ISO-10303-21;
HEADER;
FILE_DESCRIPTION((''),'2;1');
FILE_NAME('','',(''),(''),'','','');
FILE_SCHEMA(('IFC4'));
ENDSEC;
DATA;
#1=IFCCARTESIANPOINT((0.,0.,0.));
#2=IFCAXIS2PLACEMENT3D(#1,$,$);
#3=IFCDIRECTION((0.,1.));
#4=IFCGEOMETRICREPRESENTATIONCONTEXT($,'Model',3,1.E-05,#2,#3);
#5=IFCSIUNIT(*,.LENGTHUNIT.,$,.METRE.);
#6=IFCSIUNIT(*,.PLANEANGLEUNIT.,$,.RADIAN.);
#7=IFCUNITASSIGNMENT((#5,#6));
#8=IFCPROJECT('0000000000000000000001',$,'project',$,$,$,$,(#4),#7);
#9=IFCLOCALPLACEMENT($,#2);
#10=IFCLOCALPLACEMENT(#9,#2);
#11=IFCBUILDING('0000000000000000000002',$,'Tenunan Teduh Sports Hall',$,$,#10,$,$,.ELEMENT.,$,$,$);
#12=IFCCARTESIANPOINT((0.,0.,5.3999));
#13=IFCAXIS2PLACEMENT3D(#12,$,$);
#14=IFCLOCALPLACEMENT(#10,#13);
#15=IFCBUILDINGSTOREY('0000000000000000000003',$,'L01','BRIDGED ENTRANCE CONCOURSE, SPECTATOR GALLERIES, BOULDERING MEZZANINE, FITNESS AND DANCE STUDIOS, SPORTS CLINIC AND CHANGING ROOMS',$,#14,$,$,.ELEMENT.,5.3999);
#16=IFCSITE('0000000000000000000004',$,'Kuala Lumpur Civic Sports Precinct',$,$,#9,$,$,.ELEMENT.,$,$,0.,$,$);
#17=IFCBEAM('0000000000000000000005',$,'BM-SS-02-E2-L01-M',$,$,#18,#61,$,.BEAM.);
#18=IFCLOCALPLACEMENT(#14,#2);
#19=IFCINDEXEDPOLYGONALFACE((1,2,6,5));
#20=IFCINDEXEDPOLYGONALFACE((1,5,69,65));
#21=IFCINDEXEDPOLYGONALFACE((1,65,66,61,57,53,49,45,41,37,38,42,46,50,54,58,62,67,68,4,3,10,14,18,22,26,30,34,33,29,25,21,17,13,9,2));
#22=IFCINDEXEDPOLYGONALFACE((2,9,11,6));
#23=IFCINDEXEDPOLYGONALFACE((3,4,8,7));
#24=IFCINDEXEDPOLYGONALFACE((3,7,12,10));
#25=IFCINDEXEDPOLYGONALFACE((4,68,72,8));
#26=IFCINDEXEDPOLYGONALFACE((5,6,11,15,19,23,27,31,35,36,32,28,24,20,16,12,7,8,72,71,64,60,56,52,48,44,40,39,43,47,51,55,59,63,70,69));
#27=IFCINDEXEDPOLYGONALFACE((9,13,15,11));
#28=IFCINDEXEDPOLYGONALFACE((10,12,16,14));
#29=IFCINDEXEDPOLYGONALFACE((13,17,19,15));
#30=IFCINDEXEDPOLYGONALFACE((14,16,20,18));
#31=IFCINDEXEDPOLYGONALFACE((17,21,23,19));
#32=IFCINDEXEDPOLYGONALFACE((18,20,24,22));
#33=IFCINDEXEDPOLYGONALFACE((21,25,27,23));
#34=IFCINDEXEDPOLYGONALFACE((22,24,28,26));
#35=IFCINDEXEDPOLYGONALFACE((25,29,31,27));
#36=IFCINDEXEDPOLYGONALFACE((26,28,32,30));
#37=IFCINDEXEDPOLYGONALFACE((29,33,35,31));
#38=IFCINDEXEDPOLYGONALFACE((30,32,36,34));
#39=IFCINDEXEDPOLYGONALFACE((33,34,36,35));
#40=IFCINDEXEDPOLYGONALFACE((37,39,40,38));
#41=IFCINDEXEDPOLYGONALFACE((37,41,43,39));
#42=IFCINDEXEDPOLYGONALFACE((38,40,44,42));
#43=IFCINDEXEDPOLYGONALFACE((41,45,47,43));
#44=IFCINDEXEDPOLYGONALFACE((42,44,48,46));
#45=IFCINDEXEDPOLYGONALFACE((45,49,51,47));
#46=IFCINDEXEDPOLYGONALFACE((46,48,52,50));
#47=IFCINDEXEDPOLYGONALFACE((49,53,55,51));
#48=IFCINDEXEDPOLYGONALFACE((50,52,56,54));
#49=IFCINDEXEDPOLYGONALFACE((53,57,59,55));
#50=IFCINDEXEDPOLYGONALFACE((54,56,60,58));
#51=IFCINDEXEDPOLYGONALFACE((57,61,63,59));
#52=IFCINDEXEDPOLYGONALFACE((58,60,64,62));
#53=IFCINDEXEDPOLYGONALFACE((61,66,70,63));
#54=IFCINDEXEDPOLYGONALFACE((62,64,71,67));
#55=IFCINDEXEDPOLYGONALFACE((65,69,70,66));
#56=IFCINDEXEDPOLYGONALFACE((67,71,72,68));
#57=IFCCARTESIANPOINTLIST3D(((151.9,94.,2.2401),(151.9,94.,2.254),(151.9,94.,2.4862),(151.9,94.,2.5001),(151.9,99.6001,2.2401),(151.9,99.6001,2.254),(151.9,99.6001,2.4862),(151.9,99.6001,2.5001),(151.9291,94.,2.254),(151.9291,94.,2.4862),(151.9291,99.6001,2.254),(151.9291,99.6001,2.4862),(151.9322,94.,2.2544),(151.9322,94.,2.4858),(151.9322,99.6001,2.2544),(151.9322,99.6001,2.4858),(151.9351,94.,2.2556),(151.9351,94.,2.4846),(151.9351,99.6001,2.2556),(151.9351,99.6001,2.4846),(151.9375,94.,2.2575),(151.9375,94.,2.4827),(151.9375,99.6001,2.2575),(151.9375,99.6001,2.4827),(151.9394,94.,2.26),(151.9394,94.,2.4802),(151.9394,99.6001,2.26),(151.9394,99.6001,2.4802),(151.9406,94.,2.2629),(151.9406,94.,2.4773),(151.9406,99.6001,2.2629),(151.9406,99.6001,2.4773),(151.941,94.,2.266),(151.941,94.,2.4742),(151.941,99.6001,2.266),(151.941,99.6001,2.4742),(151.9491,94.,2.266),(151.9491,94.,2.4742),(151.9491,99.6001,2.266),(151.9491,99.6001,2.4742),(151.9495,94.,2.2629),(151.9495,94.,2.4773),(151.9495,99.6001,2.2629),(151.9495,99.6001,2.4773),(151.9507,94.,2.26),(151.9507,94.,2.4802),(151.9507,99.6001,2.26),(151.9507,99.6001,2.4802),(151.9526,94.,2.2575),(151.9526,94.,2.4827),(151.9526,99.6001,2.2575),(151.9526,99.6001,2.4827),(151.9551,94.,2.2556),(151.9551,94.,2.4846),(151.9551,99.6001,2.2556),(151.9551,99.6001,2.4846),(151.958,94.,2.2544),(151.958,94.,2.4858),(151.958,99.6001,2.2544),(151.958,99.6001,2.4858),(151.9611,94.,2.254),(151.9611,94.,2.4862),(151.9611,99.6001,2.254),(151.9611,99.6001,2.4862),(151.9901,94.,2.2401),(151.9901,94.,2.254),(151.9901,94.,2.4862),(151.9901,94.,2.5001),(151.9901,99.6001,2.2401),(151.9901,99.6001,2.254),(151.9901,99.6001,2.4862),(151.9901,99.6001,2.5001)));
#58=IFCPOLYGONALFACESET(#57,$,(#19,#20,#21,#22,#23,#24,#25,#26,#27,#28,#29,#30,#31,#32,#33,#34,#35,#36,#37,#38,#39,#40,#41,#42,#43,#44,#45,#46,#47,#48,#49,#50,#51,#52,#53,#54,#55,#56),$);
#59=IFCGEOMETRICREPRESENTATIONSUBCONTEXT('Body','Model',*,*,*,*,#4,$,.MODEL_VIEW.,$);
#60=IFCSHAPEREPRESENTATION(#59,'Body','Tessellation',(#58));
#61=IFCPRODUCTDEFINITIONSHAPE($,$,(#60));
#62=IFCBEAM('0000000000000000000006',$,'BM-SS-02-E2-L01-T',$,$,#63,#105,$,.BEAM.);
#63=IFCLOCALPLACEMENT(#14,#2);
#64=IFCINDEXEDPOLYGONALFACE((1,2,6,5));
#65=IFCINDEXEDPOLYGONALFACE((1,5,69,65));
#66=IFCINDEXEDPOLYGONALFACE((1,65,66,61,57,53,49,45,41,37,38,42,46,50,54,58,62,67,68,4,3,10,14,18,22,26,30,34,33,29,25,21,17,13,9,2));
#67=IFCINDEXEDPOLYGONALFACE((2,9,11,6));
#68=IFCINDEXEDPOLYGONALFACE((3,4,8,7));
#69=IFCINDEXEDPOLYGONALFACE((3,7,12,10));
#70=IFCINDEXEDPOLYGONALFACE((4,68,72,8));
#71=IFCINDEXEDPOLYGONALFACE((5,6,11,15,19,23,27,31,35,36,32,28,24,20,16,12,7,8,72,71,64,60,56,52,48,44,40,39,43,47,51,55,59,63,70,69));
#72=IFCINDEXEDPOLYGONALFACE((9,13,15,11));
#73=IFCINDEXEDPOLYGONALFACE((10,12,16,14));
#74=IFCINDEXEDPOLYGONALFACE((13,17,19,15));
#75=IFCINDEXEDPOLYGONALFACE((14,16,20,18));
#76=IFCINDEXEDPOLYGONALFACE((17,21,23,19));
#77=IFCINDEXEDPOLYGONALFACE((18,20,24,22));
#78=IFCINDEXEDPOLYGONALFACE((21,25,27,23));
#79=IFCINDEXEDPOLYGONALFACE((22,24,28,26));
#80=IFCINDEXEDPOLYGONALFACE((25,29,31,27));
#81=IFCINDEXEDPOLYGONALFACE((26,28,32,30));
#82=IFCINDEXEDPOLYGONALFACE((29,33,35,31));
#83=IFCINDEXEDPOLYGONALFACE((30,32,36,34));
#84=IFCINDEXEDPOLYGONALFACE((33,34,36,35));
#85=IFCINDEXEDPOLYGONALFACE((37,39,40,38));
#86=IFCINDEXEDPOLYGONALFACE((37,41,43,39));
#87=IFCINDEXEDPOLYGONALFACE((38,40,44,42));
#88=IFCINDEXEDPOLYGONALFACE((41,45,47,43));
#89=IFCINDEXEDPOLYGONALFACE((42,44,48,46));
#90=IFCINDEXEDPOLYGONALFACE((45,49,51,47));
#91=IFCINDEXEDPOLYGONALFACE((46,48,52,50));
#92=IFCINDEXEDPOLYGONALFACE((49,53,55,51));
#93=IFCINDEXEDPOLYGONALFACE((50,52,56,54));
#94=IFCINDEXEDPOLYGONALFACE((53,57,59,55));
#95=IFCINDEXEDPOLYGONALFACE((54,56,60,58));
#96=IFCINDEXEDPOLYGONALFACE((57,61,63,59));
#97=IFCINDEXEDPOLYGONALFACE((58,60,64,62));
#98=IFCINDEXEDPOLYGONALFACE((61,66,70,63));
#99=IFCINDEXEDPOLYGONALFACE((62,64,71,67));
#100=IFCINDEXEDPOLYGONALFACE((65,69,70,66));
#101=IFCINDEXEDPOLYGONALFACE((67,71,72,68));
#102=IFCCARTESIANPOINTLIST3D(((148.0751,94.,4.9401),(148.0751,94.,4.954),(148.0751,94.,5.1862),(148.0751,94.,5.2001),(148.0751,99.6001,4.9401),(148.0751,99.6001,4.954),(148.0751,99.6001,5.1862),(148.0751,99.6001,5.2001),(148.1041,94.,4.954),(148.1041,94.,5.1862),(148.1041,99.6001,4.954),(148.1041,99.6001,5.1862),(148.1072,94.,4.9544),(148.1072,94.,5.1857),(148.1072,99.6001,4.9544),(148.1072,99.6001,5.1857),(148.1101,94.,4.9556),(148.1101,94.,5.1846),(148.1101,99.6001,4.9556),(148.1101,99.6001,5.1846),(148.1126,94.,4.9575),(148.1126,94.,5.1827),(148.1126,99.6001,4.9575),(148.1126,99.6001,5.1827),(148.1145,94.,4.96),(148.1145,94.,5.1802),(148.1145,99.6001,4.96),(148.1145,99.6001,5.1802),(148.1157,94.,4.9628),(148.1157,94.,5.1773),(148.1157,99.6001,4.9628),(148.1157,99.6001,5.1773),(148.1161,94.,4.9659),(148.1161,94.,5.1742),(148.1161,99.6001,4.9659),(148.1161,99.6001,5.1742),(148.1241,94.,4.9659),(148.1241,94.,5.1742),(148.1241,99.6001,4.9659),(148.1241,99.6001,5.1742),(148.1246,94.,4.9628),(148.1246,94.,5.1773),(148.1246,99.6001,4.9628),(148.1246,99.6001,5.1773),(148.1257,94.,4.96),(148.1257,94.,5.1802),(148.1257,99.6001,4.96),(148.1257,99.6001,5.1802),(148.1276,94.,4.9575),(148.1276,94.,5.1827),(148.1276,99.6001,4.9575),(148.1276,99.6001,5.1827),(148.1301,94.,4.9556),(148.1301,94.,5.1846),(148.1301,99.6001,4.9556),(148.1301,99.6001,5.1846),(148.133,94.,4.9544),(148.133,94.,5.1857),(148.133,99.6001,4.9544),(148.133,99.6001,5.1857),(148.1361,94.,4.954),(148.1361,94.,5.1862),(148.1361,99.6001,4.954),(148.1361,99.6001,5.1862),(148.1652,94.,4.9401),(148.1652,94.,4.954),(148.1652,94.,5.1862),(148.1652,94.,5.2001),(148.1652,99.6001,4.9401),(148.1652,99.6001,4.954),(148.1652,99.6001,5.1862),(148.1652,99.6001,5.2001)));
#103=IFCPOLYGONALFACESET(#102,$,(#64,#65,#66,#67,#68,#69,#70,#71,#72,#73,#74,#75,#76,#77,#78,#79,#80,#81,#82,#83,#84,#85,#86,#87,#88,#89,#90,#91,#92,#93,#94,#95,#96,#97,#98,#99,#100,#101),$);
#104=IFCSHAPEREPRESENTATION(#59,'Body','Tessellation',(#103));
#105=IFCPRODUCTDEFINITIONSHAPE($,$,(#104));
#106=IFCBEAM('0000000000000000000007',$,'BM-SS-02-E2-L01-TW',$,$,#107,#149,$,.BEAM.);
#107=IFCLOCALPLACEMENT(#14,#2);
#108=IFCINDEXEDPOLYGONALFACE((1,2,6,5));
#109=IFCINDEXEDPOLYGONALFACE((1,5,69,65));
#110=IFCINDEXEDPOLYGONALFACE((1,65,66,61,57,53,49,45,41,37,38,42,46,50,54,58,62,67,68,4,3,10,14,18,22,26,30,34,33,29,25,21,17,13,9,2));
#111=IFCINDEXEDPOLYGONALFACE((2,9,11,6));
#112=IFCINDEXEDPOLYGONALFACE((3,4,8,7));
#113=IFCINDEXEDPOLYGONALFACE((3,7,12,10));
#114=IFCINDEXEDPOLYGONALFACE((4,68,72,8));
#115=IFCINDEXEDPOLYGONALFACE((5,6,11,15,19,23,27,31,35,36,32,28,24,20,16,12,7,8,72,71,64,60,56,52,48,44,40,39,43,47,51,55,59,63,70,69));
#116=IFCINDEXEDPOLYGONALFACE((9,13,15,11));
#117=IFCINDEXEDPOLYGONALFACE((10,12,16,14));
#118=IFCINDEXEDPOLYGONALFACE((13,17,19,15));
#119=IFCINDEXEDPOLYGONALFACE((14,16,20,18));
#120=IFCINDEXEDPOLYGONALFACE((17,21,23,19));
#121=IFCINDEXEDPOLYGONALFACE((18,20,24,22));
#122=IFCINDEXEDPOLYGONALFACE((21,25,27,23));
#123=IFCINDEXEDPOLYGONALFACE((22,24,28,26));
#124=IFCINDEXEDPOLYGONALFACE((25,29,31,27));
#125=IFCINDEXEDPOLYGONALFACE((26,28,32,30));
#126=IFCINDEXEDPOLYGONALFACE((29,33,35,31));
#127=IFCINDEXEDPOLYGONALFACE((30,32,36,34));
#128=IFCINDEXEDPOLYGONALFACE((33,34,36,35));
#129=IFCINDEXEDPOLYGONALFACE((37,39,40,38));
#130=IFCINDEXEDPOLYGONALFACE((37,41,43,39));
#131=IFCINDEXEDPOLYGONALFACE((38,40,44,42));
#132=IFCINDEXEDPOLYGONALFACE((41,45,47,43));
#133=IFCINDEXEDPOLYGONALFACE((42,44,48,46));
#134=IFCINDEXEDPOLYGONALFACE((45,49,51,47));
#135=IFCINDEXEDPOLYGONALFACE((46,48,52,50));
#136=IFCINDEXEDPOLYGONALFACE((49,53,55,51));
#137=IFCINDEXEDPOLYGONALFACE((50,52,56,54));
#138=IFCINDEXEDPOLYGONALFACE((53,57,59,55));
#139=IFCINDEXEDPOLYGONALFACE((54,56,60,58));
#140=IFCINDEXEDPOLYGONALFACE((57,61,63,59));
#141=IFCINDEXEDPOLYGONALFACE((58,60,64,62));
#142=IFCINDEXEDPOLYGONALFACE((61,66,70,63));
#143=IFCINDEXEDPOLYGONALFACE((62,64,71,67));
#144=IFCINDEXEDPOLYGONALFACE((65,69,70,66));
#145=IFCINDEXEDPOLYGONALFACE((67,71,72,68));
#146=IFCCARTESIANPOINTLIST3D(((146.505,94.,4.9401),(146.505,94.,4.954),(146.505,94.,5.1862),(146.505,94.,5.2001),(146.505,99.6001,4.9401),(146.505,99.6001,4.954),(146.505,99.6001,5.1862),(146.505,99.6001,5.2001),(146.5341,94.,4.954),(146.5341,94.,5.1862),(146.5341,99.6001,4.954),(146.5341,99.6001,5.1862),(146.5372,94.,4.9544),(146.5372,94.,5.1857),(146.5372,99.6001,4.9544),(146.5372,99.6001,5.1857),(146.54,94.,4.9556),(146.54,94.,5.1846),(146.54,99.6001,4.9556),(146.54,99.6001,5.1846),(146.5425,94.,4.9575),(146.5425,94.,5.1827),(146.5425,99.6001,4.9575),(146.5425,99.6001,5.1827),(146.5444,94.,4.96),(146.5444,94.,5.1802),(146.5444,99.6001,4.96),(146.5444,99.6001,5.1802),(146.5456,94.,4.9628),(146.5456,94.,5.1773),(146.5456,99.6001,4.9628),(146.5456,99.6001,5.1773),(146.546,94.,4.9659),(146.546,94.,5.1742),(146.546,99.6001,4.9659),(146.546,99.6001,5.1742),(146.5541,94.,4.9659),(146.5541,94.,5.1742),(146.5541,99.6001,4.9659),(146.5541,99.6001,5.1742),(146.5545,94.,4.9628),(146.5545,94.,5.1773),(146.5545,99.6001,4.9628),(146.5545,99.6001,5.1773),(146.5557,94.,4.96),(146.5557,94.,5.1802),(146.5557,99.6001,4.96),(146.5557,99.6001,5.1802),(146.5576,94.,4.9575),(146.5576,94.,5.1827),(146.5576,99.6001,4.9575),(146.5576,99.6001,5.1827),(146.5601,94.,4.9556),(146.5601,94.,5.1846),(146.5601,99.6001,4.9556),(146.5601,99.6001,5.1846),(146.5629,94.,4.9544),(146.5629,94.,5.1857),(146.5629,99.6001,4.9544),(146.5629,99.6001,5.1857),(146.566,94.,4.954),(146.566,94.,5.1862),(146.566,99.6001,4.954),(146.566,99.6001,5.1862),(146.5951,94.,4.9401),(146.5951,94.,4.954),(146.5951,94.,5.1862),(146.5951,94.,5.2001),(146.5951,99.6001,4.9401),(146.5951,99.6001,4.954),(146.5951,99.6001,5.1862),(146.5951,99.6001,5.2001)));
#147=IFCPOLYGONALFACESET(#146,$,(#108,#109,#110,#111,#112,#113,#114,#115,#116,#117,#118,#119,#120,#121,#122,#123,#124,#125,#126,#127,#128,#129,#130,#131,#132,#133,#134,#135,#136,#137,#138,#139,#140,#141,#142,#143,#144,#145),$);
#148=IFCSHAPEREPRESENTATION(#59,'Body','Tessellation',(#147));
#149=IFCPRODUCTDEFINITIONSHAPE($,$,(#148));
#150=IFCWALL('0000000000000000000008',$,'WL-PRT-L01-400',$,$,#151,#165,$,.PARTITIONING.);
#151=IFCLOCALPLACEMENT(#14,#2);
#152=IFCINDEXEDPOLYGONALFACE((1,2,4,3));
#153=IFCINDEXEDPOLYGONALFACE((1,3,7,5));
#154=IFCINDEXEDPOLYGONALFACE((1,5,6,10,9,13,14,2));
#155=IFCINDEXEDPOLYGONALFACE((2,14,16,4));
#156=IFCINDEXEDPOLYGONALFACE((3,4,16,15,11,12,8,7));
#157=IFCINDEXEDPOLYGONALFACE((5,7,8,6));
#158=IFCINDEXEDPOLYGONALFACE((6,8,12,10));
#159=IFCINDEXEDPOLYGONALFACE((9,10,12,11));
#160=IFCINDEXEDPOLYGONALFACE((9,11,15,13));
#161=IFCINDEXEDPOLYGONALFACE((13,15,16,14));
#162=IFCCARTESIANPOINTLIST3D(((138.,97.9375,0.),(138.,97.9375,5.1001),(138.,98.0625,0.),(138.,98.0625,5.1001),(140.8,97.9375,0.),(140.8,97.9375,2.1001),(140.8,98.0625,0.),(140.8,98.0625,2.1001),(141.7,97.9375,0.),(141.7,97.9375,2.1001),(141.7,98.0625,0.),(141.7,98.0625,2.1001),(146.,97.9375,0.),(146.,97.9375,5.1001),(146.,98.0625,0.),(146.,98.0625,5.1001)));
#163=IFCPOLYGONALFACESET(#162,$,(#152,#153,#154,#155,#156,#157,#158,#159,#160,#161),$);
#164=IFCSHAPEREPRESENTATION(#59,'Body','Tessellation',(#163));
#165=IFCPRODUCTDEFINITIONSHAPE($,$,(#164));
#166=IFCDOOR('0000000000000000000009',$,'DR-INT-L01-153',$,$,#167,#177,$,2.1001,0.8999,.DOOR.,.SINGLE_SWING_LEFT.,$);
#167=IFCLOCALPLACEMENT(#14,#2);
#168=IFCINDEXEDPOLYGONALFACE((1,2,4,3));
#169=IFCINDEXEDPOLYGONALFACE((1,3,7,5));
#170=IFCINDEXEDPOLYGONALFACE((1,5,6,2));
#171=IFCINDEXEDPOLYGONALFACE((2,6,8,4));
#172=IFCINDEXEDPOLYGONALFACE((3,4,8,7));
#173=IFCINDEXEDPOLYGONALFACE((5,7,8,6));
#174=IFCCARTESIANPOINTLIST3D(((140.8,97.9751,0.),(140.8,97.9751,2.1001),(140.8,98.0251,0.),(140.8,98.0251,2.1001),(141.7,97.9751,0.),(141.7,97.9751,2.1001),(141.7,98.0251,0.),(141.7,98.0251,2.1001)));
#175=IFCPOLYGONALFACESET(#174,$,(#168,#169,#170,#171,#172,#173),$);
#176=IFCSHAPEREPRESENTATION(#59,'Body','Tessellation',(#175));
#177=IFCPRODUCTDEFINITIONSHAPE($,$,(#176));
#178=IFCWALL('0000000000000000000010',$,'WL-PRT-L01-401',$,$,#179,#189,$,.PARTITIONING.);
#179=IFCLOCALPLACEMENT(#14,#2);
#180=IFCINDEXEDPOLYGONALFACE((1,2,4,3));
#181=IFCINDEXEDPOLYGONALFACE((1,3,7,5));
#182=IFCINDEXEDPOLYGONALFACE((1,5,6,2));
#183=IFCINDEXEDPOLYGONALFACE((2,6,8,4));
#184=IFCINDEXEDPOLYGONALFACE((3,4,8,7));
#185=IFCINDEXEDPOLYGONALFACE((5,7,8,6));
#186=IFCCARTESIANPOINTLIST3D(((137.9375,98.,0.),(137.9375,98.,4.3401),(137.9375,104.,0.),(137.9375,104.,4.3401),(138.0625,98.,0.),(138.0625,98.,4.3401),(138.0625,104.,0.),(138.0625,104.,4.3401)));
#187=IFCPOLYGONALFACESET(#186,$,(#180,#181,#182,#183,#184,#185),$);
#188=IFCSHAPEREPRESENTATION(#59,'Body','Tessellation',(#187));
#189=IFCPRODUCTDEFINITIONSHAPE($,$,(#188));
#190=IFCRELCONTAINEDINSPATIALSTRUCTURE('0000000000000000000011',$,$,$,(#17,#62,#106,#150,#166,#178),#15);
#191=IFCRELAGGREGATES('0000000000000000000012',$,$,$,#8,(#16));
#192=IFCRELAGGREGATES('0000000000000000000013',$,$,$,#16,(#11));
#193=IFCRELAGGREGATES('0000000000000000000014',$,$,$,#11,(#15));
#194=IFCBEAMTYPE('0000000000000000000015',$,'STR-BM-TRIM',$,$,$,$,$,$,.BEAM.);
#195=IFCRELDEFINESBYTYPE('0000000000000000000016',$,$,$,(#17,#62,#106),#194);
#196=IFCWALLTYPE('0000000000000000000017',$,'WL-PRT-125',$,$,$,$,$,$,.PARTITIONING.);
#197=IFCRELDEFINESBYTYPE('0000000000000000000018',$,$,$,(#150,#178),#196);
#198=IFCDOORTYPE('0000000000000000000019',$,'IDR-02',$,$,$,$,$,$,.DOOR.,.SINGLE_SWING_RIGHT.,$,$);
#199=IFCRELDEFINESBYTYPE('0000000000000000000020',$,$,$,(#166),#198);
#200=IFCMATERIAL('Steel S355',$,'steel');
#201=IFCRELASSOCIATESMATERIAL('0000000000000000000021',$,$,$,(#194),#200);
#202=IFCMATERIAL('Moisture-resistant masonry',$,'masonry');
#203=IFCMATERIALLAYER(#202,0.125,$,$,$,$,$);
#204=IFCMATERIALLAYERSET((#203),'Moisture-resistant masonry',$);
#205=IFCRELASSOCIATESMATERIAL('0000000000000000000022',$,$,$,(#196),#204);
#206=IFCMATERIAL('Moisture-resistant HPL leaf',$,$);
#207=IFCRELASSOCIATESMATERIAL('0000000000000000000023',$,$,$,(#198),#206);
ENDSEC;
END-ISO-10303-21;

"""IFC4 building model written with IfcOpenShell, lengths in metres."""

from ifc_helpers import new_model, si_unit, direction, frame, frame_2d, origin, origin_2d, place, context, subcontext, project, spatial, rectangle, i_section, extrude, material, layer, layer_set, material_profile, profile_set, type_object, element, fill, save


model = new_model("IFC4")

# Units and contexts
model_context = context("Model", 3, precision=1e-05, world=origin(), true_north=direction((0.0, 1.0)))
body_context = subcontext(model_context, "Body", "Model", "MODEL_VIEW")
ifc_project = project(units=[si_unit("LENGTHUNIT", "METRE"), si_unit("PLANEANGLEUNIT", "RADIAN")], contexts=[model_context])

# Site, building, storey
site_placement = place(None, origin())
site = spatial("IfcSite", under=ifc_project, at=site_placement, Name="Kuala Lumpur Civic Sports Precinct", CompositionType="ELEMENT", RefElevation=0.0)
building_placement = place(site_placement, origin())
building = spatial("IfcBuilding", under=site, at=building_placement, Name="Tenunan Teduh Sports Hall", CompositionType="ELEMENT")
storey_placement = place(building_placement, frame((0.0, 0.0, 5.3999)))
storey = spatial("IfcBuildingStorey", under=building, at=storey_placement, Name="L01", Description="BRIDGED ENTRANCE CONCOURSE, SPECTATOR GALLERIES, BOULDERING MEZZANINE, FITNESS AND DANCE STUDIOS, SPORTS CLINIC AND CHANGING ROOMS", CompositionType="ELEMENT", Elevation=5.3999)

# Beams
ifc_material_1 = material(Name="Steel S355", Category="steel")
ifc_material_profile_1 = material_profile(ifc_material_1, i_section(OverallWidth=0.0901, OverallDepth=0.26, WebThickness=0.0081, FlangeThickness=0.0139, FilletRadius=0.012, at=origin_2d()), Name="PFC 260x90")
ifc_profile_set_1 = profile_set([ifc_material_profile_1], Name="Steel S355")
beam_type_1 = type_object("IfcBeamType", Name="STR-BM-TRIM", PredefinedType="BEAM", material=ifc_profile_set_1)
for number, where, z_axis, x_axis, name in (
    (1, (151.9451, 94.0, 2.3701), (0.0, 1.0, 0.0), (-1.0, 0.0, 0.0), "BM-SS-02-E2-L01-M"),
    (2, (148.1201, 94.0, 5.0701), (0.0, 1.0, 0.0), (-1.0, 0.0, 0.0), "BM-SS-02-E2-L01-T"),
    (3, (146.55, 94.0, 5.0701), (0.0, 1.0, 0.0), (-1.0, 0.0, 0.0), "BM-SS-02-E2-L01-TW"),
):
    element("IfcBeam", number, at=place(storey_placement, frame(where, z_axis=z_axis, x_axis=x_axis)), inside=storey, type_object=beam_type_1, Name=name, PredefinedType="BEAM", context=body_context, shape_type="SweptSolid", body=[
        extrude(i_section(OverallWidth=0.0901, OverallDepth=0.26, WebThickness=0.0081, FlangeThickness=0.0139, FilletRadius=0.012, at=origin_2d()), origin(), (0.0, 0.0, 1.0), 5.6001),
    ])

# Wall, opening, door
ifc_material_2 = material(Name="Moisture-resistant masonry", Category="masonry")
ifc_layer_1 = layer(ifc_material_2, 0.125)
ifc_layer_set_1 = layer_set([ifc_layer_1], Name="Moisture-resistant masonry")
wall_type_1 = type_object("IfcWallType", Name="WL-PRT-125", PredefinedType="PARTITIONING", material=ifc_layer_set_1)
wall_1_placement = place(storey_placement, frame((138.0, 98.0, 0.0), z_axis=(0.0, 0.0, 1.0), x_axis=(1.0, 0.0, 0.0)))
wall_1 = element("IfcWall", 4, at=wall_1_placement, inside=storey, type_object=wall_type_1, Name="WL-PRT-L01-400", PredefinedType="PARTITIONING", context=body_context, shape_type="SweptSolid", body=[
    extrude(rectangle(XDim=8.0, YDim=0.125, at=frame_2d((4.0, 0.0))), origin(), (0.0, 0.0, 1.0), 5.1001),
])
opening_1_placement = place(wall_1_placement, frame((2.8, 0.0, 0.0)))
opening_1 = element("IfcOpeningElement", 5, at=opening_1_placement, cuts=wall_1, PredefinedType="OPENING", context=body_context, shape_type="SweptSolid", body=[
    extrude(rectangle(XDim=0.8999, YDim=2.1001, at=frame_2d((0.45, 1.05))), frame((0.0, 0.0725, 0.0), z_axis=(0.0, -1.0, 0.0), x_axis=(1.0, 0.0, 0.0)), (0.0, 0.0, 1.0), 0.145),
])
ifc_material_3 = material(Name="Moisture-resistant HPL leaf")
door_type_1 = type_object("IfcDoorType", Name="IDR-02", OperationType="SINGLE_SWING_RIGHT", PredefinedType="DOOR", material=ifc_material_3)
door_1_placement = place(opening_1_placement, frame((0.8999, 0.0, 0.0), z_axis=(0.0, 0.0, 1.0), x_axis=(-1.0, 0.0, 0.0)))
door_1 = element("IfcDoor", 6, at=door_1_placement, inside=storey, type_object=door_type_1, Name="DR-INT-L01-153", OperationType="SINGLE_SWING_LEFT", OverallHeight=2.1001, OverallWidth=0.8999, PredefinedType="DOOR", context=body_context, shape_type="SweptSolid", body=[
    extrude(rectangle(XDim=0.8999, YDim=2.1001, at=frame_2d((0.45, 1.05))), frame((0.0, 0.0249, 0.0), z_axis=(0.0, -1.0, 0.0), x_axis=(1.0, 0.0, 0.0)), (0.0, 0.0, 1.0), 0.05),
])
fill(opening_1, door_1)

# Wall
wall_2_placement = place(storey_placement, frame((138.0, 98.0, 0.0), z_axis=(0.0, 0.0, 1.0), x_axis=(0.0, 1.0, 0.0)))
element("IfcWall", 7, at=wall_2_placement, inside=storey, type_object=wall_type_1, Name="WL-PRT-L01-401", PredefinedType="PARTITIONING", context=body_context, shape_type="SweptSolid", body=[
    extrude(rectangle(XDim=6.0, YDim=0.125, at=frame_2d((3.0, 0.0))), origin(), (0.0, 0.0, 1.0), 4.3401),
])

save(model, "model.ifc")
